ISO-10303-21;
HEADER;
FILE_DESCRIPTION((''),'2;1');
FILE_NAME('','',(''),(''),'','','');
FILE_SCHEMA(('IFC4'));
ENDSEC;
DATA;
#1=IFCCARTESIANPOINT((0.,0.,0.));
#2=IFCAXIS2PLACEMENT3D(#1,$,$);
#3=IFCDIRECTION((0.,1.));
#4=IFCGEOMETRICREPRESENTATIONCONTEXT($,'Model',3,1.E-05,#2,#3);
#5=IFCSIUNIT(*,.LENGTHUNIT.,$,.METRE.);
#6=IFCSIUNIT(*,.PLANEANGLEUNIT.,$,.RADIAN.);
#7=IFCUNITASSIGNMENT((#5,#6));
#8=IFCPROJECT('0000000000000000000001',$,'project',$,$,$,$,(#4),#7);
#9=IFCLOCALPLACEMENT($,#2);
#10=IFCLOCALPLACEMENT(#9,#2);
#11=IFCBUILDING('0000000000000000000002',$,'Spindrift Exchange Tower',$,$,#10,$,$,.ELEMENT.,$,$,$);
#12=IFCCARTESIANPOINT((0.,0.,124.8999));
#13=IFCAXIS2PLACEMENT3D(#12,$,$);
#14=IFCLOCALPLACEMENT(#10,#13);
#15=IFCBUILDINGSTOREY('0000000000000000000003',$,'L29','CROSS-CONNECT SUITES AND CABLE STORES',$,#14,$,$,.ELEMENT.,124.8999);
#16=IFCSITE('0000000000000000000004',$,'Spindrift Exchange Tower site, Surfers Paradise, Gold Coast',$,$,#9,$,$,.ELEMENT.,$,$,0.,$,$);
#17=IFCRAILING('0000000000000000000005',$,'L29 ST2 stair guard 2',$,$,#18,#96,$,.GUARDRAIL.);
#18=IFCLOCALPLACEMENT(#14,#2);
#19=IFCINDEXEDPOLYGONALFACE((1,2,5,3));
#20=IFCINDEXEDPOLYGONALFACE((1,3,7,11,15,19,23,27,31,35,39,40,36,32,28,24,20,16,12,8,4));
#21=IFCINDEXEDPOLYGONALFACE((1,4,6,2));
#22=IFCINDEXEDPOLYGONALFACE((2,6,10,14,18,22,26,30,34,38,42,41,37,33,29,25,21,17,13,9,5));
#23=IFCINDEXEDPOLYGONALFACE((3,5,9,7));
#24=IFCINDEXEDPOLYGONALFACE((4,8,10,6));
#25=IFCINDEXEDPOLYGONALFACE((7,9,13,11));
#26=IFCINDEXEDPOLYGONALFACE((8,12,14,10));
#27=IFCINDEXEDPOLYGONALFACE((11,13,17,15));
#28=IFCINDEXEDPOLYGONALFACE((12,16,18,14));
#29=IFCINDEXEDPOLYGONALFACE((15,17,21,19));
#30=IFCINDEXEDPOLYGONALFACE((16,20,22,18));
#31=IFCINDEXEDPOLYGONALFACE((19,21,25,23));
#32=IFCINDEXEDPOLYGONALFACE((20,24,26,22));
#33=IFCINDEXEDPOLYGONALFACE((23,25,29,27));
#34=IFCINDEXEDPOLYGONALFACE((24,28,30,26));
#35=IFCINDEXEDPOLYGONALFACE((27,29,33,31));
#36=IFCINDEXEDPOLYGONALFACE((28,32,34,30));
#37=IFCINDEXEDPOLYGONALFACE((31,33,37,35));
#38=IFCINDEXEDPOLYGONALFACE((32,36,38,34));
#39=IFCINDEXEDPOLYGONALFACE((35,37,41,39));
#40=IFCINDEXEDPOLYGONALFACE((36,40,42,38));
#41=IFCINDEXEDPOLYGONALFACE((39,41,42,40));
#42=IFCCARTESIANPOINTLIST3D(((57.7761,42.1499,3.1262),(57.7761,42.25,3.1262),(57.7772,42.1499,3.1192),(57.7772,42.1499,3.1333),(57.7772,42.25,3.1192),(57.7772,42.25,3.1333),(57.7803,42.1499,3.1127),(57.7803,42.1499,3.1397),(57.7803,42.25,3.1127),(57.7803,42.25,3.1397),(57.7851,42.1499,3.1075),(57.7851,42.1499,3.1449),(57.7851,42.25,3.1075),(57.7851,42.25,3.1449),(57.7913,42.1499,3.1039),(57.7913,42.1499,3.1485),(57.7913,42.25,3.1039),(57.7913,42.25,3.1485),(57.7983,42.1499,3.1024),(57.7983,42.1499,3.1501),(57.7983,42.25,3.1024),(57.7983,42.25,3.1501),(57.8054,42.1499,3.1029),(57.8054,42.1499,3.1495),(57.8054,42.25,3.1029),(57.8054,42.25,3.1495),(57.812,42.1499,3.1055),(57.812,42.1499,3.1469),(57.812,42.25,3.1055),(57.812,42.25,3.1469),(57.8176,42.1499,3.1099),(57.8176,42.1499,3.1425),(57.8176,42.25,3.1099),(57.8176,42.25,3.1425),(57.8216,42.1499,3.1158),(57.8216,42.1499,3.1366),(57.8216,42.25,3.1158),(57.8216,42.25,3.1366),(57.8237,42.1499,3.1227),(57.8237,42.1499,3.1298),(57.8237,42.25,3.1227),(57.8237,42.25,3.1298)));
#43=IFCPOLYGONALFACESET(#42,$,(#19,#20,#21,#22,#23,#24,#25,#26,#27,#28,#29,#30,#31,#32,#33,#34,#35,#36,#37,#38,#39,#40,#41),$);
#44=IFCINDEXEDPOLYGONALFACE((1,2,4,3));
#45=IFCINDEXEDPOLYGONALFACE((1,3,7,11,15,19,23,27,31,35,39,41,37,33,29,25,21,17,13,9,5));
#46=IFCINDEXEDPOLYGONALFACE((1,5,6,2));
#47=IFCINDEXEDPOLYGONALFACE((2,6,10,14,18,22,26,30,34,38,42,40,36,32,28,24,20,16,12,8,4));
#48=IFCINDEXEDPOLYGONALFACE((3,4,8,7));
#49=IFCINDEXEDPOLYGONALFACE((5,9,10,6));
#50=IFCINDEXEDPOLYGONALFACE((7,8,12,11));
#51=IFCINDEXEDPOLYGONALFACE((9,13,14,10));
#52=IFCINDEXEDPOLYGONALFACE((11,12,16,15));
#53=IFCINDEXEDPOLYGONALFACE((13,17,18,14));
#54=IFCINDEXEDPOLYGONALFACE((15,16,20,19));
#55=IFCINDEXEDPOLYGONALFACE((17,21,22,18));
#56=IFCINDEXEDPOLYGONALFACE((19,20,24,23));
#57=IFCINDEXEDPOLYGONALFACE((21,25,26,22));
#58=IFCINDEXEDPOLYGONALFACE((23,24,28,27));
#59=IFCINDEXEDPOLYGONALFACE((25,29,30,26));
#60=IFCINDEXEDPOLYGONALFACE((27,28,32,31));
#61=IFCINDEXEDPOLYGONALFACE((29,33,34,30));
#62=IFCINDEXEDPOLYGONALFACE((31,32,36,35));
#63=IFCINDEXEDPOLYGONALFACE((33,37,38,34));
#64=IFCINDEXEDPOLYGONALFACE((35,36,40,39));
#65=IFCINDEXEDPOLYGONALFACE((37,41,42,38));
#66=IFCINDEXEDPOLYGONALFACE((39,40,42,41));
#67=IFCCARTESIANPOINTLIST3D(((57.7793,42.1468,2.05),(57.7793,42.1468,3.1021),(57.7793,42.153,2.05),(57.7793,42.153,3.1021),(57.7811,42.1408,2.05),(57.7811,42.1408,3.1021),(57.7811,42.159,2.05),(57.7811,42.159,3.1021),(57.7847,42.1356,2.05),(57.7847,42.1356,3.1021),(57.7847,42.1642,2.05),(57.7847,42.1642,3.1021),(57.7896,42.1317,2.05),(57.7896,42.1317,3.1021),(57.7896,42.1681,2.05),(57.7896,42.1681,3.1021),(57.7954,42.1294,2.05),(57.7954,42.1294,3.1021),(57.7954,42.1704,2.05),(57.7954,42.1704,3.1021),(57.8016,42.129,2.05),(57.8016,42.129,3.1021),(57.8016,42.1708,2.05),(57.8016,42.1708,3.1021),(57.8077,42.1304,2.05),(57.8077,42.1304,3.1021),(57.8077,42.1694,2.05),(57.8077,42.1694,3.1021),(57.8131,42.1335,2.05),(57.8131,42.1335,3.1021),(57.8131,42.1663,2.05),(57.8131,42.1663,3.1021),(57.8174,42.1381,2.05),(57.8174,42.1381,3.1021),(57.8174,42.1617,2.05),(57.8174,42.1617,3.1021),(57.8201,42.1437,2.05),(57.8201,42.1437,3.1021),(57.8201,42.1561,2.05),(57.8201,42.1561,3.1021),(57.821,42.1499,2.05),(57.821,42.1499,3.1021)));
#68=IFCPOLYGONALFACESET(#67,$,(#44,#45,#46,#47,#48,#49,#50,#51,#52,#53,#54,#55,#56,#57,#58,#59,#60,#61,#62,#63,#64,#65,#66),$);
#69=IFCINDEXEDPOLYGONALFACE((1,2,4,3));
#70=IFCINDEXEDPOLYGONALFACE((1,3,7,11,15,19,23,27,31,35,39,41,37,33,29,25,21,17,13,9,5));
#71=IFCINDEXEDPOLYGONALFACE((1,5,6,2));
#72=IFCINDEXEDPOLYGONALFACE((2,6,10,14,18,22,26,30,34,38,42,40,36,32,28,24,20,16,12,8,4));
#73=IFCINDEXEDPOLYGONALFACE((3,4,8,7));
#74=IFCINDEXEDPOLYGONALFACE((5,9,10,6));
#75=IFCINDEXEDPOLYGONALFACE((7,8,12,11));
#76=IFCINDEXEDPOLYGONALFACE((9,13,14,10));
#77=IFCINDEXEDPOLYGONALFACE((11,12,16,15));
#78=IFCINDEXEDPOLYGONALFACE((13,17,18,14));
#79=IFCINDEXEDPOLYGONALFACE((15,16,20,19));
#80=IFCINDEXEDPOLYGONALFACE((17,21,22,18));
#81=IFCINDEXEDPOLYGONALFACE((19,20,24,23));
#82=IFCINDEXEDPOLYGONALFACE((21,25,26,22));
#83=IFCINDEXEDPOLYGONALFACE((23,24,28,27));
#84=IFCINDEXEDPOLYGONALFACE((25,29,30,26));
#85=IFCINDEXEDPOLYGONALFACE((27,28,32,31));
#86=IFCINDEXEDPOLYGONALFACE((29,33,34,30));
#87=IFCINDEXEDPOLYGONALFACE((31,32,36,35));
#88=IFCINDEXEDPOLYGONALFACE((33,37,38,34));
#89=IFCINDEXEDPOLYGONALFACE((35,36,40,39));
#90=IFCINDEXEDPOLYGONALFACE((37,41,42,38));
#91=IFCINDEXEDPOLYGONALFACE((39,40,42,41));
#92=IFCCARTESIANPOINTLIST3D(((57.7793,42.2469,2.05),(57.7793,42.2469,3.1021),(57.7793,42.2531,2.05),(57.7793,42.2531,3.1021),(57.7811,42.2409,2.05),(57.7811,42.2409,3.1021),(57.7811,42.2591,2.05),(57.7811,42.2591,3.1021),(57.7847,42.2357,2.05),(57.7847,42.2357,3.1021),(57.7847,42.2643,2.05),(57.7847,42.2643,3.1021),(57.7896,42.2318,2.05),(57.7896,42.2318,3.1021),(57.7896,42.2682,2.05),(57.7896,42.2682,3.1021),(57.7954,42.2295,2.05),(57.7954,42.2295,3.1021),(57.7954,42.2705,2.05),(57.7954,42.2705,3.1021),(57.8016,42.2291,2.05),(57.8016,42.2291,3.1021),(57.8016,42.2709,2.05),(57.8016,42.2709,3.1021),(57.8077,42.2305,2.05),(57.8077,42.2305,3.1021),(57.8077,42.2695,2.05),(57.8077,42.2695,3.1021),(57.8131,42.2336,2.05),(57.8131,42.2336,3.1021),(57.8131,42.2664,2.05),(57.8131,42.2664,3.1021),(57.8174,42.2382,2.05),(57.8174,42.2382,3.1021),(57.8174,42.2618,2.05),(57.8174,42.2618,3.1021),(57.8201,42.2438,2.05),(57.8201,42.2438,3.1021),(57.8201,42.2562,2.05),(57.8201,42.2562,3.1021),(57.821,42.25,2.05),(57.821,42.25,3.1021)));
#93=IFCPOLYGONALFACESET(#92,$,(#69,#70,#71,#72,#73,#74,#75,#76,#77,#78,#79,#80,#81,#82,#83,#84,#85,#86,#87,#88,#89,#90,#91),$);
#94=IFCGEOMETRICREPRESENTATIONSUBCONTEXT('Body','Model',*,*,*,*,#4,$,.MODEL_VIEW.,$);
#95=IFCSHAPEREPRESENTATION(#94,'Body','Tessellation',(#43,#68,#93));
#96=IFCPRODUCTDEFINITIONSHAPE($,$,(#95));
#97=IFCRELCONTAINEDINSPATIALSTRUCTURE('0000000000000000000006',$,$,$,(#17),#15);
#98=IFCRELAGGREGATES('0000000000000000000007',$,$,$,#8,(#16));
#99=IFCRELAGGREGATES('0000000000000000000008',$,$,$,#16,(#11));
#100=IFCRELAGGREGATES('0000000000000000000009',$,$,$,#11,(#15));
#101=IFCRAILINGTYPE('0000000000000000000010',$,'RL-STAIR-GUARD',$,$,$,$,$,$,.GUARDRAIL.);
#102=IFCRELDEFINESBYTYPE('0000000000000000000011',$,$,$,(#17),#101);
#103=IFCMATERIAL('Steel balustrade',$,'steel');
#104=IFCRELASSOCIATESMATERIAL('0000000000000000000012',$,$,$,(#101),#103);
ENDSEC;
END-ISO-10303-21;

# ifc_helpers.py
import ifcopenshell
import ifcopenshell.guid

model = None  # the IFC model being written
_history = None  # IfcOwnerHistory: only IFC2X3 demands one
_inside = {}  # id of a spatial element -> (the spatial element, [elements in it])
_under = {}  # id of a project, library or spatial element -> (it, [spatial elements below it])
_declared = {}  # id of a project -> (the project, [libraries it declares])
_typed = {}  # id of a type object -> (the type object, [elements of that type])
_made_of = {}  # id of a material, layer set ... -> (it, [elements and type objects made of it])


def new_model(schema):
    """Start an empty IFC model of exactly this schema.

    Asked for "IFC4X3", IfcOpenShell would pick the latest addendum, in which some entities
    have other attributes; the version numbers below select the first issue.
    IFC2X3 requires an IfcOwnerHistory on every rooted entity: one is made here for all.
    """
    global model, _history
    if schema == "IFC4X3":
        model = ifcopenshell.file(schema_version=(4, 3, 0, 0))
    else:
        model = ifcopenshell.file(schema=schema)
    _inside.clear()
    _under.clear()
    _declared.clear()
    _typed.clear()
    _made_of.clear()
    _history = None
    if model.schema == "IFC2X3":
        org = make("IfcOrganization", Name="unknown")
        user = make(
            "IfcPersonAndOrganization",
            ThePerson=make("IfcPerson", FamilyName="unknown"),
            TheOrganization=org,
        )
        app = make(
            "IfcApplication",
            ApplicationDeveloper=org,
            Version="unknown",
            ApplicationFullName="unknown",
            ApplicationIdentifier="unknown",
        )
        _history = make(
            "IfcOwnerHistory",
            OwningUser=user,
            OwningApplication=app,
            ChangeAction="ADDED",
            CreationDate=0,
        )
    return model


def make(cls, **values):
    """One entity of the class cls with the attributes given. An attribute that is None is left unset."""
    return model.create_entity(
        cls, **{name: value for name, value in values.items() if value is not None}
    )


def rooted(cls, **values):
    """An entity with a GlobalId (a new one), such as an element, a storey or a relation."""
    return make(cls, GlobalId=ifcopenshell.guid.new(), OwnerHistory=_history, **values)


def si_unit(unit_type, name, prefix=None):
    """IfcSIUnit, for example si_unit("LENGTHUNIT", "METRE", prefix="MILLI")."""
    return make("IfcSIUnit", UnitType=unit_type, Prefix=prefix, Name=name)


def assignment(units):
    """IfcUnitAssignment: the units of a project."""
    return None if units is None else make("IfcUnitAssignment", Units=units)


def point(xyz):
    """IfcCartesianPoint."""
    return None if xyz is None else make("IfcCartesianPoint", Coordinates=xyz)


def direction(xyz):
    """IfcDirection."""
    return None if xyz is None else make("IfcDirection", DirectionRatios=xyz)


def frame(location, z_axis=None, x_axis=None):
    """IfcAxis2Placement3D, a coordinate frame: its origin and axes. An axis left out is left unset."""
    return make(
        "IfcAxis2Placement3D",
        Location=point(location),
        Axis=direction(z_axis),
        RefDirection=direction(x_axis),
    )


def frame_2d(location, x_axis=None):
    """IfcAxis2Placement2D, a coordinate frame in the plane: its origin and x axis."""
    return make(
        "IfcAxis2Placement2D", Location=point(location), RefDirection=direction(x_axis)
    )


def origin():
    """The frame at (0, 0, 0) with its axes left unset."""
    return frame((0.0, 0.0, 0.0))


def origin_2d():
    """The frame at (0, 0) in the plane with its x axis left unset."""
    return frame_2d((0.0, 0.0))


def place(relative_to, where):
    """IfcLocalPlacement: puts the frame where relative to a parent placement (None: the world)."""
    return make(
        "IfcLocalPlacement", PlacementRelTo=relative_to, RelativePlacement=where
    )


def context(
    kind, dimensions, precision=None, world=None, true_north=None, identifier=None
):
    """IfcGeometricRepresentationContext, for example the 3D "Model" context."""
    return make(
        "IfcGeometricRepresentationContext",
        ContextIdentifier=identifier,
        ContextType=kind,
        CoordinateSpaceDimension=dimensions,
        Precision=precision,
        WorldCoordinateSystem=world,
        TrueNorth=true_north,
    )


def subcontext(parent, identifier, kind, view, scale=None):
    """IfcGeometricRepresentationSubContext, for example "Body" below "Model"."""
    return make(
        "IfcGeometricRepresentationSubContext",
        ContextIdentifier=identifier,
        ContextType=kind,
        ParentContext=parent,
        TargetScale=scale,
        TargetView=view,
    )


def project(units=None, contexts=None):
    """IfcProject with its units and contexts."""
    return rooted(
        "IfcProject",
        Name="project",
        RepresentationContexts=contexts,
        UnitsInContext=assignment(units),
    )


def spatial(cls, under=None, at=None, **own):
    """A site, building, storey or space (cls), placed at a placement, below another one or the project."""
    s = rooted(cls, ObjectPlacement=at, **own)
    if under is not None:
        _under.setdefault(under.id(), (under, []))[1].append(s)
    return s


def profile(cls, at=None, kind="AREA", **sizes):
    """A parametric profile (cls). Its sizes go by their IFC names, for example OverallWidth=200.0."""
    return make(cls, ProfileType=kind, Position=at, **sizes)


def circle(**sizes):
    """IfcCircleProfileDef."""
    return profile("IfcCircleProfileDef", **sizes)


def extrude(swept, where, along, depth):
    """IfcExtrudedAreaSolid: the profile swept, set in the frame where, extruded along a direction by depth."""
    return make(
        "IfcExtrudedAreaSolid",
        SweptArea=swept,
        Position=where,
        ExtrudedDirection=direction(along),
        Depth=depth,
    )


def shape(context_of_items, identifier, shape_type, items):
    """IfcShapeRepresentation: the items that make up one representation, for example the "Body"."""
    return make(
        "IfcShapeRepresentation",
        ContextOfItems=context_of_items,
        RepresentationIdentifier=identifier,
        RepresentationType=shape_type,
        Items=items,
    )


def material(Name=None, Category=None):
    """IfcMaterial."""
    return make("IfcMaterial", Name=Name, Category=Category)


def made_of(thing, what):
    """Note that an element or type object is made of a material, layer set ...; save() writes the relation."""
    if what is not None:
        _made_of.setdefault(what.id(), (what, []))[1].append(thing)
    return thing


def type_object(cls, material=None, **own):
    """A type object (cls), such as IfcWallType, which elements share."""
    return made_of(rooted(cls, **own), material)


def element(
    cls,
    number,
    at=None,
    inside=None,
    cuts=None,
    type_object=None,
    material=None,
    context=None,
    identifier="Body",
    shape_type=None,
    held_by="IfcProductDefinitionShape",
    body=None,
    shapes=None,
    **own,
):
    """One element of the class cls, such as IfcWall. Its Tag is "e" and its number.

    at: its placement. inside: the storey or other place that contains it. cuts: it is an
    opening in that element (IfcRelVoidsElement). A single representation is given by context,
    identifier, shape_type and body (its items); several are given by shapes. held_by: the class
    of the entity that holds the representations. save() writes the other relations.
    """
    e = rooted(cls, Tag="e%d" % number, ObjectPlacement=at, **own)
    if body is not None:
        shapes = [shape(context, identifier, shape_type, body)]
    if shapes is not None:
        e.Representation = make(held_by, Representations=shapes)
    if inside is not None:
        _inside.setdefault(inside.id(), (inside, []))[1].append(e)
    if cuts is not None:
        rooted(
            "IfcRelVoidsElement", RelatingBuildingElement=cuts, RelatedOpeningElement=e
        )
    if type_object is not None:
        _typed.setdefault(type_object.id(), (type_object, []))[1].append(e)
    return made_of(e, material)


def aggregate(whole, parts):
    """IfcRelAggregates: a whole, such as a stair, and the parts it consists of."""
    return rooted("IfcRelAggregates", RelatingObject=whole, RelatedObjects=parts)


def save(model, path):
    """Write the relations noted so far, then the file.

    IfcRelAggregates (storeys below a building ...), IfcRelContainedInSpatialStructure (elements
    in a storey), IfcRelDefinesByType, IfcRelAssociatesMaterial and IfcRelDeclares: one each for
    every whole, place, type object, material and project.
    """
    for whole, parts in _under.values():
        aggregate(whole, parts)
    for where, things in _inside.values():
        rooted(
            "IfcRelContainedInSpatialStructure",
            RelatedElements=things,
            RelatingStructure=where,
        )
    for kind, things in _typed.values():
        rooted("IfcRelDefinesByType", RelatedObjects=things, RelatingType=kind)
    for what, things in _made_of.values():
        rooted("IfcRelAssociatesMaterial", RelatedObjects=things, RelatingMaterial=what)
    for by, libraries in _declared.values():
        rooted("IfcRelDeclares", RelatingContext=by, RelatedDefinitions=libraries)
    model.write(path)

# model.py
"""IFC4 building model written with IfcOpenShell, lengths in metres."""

from ifc_helpers import new_model, si_unit, direction, frame, origin, origin_2d, place, context, subcontext, project, spatial, circle, extrude, material, type_object, element, save


model = new_model("IFC4")

# Units and contexts
model_context = context("Model", 3, precision=1e-05, world=origin(), true_north=direction((0.0, 1.0)))
body_context = subcontext(model_context, "Body", "Model", "MODEL_VIEW")
ifc_project = project(units=[si_unit("LENGTHUNIT", "METRE"), si_unit("PLANEANGLEUNIT", "RADIAN")], contexts=[model_context])

# Site, building, storey
site_placement = place(None, origin())
site = spatial("IfcSite", under=ifc_project, at=site_placement, Name="Spindrift Exchange Tower site, Surfers Paradise, Gold Coast", CompositionType="ELEMENT", RefElevation=0.0)
building_placement = place(site_placement, origin())
building = spatial("IfcBuilding", under=site, at=building_placement, Name="Spindrift Exchange Tower", CompositionType="ELEMENT")
storey_placement = place(building_placement, frame((0.0, 0.0, 124.8999)))
storey = spatial("IfcBuildingStorey", under=building, at=storey_placement, Name="L29", Description="CROSS-CONNECT SUITES AND CABLE STORES", CompositionType="ELEMENT", Elevation=124.8999)

# Railing
ifc_material_1 = material(Name="Steel balustrade", Category="steel")
railing_type_1 = type_object("IfcRailingType", Name="RL-STAIR-GUARD", PredefinedType="GUARDRAIL", material=ifc_material_1)
railing_1_placement = place(storey_placement, frame((57.8, 42.1499, 2.05)))
element("IfcRailing", 1, at=railing_1_placement, inside=storey, type_object=railing_type_1, Name="L29 ST2 stair guard 2", PredefinedType="GUARDRAIL", context=body_context, shape_type="SweptSolid", body=[
    extrude(circle(Radius=0.0239, at=origin_2d()), frame((0.0, 0.0, 1.0762), z_axis=(0.0, 1.0, 0.0), x_axis=(-1.0, 0.0, 0.0)), (0.0, 0.0, 1.0), 0.1001),
    extrude(circle(Radius=0.021, at=origin_2d()), origin(), (0.0, 0.0, 1.0), 1.052),
    extrude(circle(Radius=0.021, at=origin_2d()), frame((0.0, 0.1001, 0.0)), (0.0, 0.0, 1.0), 1.052),
])

save(model, "model.ifc")
